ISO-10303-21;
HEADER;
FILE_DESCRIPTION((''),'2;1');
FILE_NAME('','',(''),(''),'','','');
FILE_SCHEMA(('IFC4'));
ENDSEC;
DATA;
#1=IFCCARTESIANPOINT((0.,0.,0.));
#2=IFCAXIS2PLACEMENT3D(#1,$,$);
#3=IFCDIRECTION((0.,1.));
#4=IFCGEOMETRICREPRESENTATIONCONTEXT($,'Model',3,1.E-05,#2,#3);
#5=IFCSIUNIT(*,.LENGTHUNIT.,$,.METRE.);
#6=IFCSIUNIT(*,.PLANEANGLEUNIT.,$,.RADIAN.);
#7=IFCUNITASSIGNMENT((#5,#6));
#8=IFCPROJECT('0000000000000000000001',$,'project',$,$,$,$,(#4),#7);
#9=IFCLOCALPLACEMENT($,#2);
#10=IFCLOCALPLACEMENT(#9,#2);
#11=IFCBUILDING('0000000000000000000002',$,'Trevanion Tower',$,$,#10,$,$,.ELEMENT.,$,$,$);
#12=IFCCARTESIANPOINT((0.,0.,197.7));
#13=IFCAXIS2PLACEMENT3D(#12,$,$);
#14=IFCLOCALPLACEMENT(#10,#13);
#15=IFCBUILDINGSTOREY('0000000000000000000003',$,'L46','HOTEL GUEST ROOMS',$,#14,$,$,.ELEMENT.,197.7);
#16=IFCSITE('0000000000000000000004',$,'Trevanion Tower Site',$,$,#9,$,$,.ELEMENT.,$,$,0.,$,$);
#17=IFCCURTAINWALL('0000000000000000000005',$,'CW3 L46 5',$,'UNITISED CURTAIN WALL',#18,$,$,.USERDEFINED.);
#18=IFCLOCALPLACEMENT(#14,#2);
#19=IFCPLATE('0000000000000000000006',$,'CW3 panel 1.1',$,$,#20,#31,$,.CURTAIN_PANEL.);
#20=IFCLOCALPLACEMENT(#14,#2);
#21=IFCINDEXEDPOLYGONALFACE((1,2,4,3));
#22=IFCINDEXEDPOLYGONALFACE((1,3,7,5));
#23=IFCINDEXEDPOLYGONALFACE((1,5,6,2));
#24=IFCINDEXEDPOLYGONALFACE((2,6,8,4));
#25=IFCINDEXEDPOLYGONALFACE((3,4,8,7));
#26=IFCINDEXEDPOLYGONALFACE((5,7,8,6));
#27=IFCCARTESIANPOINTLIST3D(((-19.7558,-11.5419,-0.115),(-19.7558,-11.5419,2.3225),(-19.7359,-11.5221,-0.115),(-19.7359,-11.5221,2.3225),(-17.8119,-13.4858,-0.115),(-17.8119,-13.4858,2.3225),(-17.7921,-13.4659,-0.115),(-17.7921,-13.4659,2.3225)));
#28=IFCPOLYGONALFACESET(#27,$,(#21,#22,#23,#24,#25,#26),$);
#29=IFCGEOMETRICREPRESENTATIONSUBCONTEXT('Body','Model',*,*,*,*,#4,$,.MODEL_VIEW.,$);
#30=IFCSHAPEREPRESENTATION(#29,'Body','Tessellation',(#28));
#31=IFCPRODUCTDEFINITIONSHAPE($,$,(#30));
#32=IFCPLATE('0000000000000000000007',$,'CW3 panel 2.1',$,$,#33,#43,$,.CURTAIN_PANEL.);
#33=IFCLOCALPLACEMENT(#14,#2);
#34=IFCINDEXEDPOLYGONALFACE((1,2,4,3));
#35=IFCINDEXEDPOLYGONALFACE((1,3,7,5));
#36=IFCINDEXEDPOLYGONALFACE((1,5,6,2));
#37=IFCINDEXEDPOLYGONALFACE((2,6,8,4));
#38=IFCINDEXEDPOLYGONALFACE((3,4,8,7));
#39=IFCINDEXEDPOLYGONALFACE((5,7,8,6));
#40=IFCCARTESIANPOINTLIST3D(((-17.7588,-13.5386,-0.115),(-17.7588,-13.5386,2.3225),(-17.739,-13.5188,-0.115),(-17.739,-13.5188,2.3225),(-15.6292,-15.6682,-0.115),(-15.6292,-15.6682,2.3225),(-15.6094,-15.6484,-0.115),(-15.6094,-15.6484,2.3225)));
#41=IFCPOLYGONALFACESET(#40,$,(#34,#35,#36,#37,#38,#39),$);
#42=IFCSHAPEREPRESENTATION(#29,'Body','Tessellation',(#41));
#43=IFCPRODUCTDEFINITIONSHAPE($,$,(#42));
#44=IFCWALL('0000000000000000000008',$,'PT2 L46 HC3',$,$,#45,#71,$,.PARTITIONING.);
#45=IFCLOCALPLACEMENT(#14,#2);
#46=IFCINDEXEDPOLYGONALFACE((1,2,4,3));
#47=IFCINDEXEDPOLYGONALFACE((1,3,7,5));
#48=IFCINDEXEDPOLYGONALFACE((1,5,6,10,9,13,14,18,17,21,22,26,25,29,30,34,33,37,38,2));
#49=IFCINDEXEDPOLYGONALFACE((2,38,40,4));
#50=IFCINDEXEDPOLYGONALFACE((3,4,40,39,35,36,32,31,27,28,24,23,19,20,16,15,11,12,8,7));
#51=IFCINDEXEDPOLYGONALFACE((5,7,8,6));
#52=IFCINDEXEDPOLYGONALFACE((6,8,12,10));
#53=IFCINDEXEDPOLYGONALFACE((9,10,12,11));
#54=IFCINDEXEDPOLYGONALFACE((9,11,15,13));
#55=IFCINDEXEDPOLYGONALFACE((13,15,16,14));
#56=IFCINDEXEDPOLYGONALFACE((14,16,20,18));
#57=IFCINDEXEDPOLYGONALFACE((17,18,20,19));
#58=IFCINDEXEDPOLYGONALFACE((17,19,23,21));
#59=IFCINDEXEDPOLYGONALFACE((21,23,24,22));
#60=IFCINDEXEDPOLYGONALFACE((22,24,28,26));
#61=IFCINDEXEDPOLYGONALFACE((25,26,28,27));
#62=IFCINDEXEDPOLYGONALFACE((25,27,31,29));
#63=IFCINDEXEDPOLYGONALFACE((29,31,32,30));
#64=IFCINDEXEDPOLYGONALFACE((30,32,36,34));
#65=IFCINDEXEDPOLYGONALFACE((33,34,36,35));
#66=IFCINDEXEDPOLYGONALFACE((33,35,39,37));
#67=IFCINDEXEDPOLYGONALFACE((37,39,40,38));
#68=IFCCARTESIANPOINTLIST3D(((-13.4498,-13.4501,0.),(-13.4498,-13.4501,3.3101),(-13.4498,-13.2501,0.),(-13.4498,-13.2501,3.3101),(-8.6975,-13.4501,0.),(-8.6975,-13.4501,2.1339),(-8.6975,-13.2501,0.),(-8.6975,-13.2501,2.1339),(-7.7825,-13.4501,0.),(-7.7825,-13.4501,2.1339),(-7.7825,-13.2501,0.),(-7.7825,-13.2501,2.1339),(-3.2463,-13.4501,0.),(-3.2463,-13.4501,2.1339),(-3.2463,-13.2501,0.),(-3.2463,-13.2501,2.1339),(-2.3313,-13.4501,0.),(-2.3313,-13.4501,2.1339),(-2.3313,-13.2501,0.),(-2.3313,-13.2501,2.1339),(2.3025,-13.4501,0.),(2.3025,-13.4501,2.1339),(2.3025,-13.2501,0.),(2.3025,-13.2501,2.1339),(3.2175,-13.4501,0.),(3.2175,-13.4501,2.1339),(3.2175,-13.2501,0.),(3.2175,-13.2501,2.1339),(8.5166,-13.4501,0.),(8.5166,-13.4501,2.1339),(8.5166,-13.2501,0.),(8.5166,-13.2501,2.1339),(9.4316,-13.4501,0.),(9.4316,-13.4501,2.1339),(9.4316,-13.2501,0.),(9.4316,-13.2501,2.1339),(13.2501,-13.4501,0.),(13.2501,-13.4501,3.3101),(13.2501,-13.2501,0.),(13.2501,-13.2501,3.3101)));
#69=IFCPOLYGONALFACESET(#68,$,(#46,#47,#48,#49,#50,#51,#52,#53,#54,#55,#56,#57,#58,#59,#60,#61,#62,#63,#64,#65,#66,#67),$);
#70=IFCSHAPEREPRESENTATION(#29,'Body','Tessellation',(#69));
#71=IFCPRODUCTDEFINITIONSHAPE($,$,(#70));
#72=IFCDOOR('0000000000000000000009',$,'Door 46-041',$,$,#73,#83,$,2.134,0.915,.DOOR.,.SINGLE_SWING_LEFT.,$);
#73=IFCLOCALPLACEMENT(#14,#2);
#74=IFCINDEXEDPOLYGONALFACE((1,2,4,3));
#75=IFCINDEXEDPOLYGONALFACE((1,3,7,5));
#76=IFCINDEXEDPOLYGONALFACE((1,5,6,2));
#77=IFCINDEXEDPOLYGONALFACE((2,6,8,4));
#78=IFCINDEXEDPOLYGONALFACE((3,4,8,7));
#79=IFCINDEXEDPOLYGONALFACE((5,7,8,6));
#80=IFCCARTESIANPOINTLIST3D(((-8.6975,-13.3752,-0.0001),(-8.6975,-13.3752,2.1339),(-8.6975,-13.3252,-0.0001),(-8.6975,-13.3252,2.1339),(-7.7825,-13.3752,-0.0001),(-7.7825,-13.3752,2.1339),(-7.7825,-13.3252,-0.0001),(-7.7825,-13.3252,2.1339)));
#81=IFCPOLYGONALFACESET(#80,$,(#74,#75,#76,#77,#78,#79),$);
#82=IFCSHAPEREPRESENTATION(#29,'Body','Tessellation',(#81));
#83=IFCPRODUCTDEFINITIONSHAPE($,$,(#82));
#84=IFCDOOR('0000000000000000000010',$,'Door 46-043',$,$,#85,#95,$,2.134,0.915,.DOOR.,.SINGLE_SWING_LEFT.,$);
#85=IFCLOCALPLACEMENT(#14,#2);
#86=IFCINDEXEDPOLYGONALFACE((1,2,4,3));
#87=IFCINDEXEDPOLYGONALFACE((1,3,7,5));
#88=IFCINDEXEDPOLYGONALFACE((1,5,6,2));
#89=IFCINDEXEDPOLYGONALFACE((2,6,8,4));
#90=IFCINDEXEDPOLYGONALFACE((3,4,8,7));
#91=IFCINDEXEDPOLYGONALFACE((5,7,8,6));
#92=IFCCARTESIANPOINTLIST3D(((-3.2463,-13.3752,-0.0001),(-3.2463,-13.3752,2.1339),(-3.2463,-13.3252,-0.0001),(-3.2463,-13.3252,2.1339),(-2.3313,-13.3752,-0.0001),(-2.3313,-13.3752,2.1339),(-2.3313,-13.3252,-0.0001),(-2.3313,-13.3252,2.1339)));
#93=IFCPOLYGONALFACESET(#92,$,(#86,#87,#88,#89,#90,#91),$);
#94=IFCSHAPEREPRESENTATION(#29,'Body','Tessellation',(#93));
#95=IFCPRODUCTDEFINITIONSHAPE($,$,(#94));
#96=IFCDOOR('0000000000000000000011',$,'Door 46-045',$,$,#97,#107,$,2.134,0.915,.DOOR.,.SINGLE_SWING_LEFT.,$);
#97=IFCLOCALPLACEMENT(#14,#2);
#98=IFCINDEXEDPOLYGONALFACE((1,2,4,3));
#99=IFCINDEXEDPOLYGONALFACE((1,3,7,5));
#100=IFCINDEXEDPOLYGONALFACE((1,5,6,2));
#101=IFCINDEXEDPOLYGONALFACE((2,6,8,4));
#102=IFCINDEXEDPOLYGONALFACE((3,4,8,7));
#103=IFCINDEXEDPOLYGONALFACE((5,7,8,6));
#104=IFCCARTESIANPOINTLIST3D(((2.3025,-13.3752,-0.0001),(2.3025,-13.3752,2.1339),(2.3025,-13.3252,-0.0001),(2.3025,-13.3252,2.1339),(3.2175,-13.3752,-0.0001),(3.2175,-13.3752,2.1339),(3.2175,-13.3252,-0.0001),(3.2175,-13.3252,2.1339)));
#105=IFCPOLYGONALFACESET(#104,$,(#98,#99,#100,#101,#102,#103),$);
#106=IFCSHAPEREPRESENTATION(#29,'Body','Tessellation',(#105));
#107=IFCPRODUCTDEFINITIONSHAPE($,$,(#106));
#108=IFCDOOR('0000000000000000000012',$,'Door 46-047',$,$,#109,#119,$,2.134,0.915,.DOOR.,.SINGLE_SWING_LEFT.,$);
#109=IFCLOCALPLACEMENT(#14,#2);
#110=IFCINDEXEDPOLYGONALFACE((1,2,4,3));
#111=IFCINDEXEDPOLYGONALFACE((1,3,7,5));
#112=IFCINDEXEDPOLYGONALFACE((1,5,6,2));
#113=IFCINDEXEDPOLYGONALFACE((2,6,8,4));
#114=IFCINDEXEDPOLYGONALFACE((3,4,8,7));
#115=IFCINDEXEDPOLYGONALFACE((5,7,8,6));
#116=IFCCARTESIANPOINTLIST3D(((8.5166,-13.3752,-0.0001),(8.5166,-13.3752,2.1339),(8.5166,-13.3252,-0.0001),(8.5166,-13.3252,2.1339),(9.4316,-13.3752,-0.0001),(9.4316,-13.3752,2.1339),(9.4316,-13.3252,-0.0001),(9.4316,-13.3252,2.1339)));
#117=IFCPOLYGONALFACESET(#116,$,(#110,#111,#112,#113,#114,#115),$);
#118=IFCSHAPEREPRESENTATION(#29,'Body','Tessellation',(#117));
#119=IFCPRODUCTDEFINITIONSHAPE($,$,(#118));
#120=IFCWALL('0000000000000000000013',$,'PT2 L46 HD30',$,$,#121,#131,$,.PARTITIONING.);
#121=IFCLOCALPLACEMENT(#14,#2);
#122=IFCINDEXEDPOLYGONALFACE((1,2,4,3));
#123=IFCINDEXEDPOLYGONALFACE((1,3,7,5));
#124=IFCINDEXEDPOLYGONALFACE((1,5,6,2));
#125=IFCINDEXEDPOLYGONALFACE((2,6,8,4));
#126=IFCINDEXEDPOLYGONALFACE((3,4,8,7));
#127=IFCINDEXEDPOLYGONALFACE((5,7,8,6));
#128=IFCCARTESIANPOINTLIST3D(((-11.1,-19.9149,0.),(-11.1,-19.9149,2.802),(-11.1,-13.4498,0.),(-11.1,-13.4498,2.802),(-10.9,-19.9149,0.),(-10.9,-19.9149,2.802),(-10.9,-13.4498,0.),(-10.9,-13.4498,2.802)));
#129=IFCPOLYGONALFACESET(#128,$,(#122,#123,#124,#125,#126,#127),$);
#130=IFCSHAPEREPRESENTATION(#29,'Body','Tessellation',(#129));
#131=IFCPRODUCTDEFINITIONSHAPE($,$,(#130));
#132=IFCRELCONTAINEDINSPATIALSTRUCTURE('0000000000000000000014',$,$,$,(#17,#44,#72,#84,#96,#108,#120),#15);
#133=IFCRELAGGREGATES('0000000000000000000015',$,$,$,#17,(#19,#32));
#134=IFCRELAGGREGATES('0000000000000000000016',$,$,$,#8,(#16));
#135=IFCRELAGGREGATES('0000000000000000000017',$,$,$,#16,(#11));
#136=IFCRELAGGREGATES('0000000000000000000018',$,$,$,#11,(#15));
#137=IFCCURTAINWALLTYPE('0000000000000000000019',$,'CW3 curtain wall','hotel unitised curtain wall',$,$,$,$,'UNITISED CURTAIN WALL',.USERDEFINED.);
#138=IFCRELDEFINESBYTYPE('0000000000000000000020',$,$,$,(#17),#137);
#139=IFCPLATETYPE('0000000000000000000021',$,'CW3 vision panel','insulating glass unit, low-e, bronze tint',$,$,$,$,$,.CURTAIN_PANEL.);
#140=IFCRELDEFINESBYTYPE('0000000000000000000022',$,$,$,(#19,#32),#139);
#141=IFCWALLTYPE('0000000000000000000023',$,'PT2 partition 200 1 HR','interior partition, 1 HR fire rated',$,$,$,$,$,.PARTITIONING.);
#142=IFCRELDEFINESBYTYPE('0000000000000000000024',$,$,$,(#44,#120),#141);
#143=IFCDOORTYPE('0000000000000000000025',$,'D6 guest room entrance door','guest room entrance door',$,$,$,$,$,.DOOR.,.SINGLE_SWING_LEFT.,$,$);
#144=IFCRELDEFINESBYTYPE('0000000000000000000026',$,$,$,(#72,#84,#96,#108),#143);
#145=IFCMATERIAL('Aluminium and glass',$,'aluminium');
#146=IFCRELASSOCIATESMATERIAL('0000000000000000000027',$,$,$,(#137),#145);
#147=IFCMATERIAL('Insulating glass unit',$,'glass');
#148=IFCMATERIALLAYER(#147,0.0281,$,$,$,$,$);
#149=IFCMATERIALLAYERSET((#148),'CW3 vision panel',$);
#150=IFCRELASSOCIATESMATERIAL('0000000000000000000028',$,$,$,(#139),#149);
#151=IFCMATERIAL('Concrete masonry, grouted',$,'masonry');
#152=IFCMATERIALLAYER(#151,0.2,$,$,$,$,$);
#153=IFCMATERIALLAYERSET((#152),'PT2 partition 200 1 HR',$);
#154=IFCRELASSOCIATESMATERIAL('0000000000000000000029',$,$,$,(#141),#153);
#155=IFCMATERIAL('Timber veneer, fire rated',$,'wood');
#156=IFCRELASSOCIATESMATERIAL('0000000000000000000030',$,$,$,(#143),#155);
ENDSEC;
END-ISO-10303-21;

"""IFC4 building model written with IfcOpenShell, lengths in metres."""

from ifc_helpers import new_model, si_unit, direction, frame, frame_2d, origin, origin_2d, place, context, subcontext, project, spatial, rectangle, extrude, material, layer, layer_set, type_object, element, fill, aggregate, save


model = new_model("IFC4")

# Units and contexts
model_context = context("Model", 3, precision=1e-05, world=origin(), true_north=direction((0.0, 1.0)))
body_context = subcontext(model_context, "Body", "Model", "MODEL_VIEW")
ifc_project = project(units=[si_unit("LENGTHUNIT", "METRE"), si_unit("PLANEANGLEUNIT", "RADIAN")], contexts=[model_context])

# Site, building, storey
site_placement = place(None, origin())
site = spatial("IfcSite", under=ifc_project, at=site_placement, Name="Trevanion Tower Site", CompositionType="ELEMENT", RefElevation=0.0)
building_placement = place(site_placement, origin())
building = spatial("IfcBuilding", under=site, at=building_placement, Name="Trevanion Tower", CompositionType="ELEMENT")
storey_placement = place(building_placement, frame((0.0, 0.0, 197.7)))
storey = spatial("IfcBuildingStorey", under=building, at=storey_placement, Name="L46", Description="HOTEL GUEST ROOMS", CompositionType="ELEMENT", Elevation=197.7)

# Curtain wall
ifc_material_1 = material(Name="Aluminium and glass", Category="aluminium")
curtain_wall_type = type_object("IfcCurtainWallType", Name="CW3 curtain wall", Description="hotel unitised curtain wall", ElementType="UNITISED CURTAIN WALL", PredefinedType="USERDEFINED", material=ifc_material_1)
curtain_wall_1_placement = place(storey_placement, origin())
curtain_wall_1 = element("IfcCurtainWall", 1, at=curtain_wall_1_placement, inside=storey, type_object=curtain_wall_type, Name="CW3 L46 5", ObjectType="UNITISED CURTAIN WALL", PredefinedType="USERDEFINED")

# Plates
ifc_material_2 = material(Name="Insulating glass unit", Category="glass")
ifc_layer_1 = layer(ifc_material_2, 0.0281)
ifc_layer_set_1 = layer_set([ifc_layer_1], Name="CW3 vision panel")
plate_type_1 = type_object("IfcPlateType", Name="CW3 vision panel", Description="insulating glass unit, low-e, bronze tint", PredefinedType="CURTAIN_PANEL", material=ifc_layer_set_1)
plate_1_placement = place(storey_placement, frame((-18.7739, -12.5039, -0.115), z_axis=(0.0, 0.0, 1.0), x_axis=(0.707107, -0.707107, 0.0)))
plate_1 = element("IfcPlate", 2, at=plate_1_placement, type_object=plate_type_1, Name="CW3 panel 1.1", PredefinedType="CURTAIN_PANEL", context=body_context, shape_type="SweptSolid", body=[
    extrude(rectangle(XDim=2.749, YDim=0.0281, at=origin_2d()), origin(), (0.0, 0.0, 1.0), 2.4375),
])
plate_2_placement = place(storey_placement, frame((-16.6841, -14.5935, -0.115), z_axis=(0.0, 0.0, 1.0), x_axis=(0.707107, -0.707107, 0.0)))
plate_2 = element("IfcPlate", 3, at=plate_2_placement, type_object=plate_type_1, Name="CW3 panel 2.1", PredefinedType="CURTAIN_PANEL", context=body_context, shape_type="SweptSolid", body=[
    extrude(rectangle(XDim=3.0117, YDim=0.0281, at=origin_2d()), origin(), (0.0, 0.0, 1.0), 2.4375),
])
aggregate(curtain_wall_1, [plate_1, plate_2])

# Wall, openings, doors
ifc_material_3 = material(Name="Concrete masonry, grouted", Category="masonry")
ifc_layer_2 = layer(ifc_material_3, 0.2)
ifc_layer_set_2 = layer_set([ifc_layer_2], Name="PT2 partition 200 1 HR")
wall_type = type_object("IfcWallType", Name="PT2 partition 200 1 HR", Description="interior partition, 1 HR fire rated", PredefinedType="PARTITIONING", material=ifc_layer_set_2)
wall_1_placement = place(storey_placement, frame((-13.45, -13.3501, 0.0), z_axis=(0.0, 0.0, 1.0), x_axis=(1.0, 0.0, 0.0)))
wall_1 = element("IfcWall", 4, at=wall_1_placement, inside=storey, type_object=wall_type, Name="PT2 L46 HC3", PredefinedType="PARTITIONING", context=body_context, shape_type="SweptSolid", body=[
    extrude(rectangle(XDim=26.7, YDim=0.2, at=frame_2d((13.3501, 0.0))), origin(), (0.0, 0.0, 1.0), 3.3101),
])
opening_1_placement = place(wall_1_placement, frame((4.7524, 0.0, 0.0)))
opening_1 = element("IfcOpeningElement", 5, at=opening_1_placement, cuts=wall_1, PredefinedType="OPENING", context=body_context, shape_type="SweptSolid", body=[
    extrude(rectangle(XDim=0.915, YDim=2.134, at=frame_2d((0.4575, 1.0669))), frame((0.0, 0.1099, 0.0), z_axis=(0.0, -1.0, 0.0), x_axis=(1.0, 0.0, 0.0)), (0.0, 0.0, 1.0), 0.22),
])
opening_2_placement = place(wall_1_placement, frame((10.2036, 0.0, 0.0)))
opening_2 = element("IfcOpeningElement", 6, at=opening_2_placement, cuts=wall_1, PredefinedType="OPENING", context=body_context, shape_type="SweptSolid", body=[
    extrude(rectangle(XDim=0.915, YDim=2.134, at=frame_2d((0.4575, 1.0669))), frame((0.0, 0.1099, 0.0), z_axis=(0.0, -1.0, 0.0), x_axis=(1.0, 0.0, 0.0)), (0.0, 0.0, 1.0), 0.22),
])
opening_3_placement = place(wall_1_placement, frame((15.7524, 0.0, 0.0)))
opening_3 = element("IfcOpeningElement", 7, at=opening_3_placement, cuts=wall_1, PredefinedType="OPENING", context=body_context, shape_type="SweptSolid", body=[
    extrude(rectangle(XDim=0.915, YDim=2.134, at=frame_2d((0.4575, 1.0669))), frame((0.0, 0.1099, 0.0), z_axis=(0.0, -1.0, 0.0), x_axis=(1.0, 0.0, 0.0)), (0.0, 0.0, 1.0), 0.22),
])
opening_4_placement = place(wall_1_placement, frame((21.9666, 0.0, 0.0)))
opening_4 = element("IfcOpeningElement", 8, at=opening_4_placement, cuts=wall_1, PredefinedType="OPENING", context=body_context, shape_type="SweptSolid", body=[
    extrude(rectangle(XDim=0.915, YDim=2.134, at=frame_2d((0.4575, 1.0669))), frame((0.0, 0.1099, 0.0), z_axis=(0.0, -1.0, 0.0), x_axis=(1.0, 0.0, 0.0)), (0.0, 0.0, 1.0), 0.22),
])
ifc_material_4 = material(Name="Timber veneer, fire rated", Category="wood")
door_type = type_object("IfcDoorType", Name="D6 guest room entrance door", Description="guest room entrance door", OperationType="SINGLE_SWING_LEFT", PredefinedType="DOOR", material=ifc_material_4)
door_1_placement = place(opening_1_placement, origin())
door_1 = element("IfcDoor", 9, at=door_1_placement, inside=storey, type_object=door_type, Name="Door 46-041", OperationType="SINGLE_SWING_LEFT", OverallHeight=2.134, OverallWidth=0.915, PredefinedType="DOOR", context=body_context, shape_type="SweptSolid", body=[
    extrude(rectangle(XDim=0.915, YDim=2.134, at=frame_2d((0.4575, 1.0669))), frame((0.0, 0.0249, 0.0), z_axis=(0.0, -1.0, 0.0), x_axis=(1.0, 0.0, 0.0)), (0.0, 0.0, 1.0), 0.05),
])
fill(opening_1, door_1)
door_2_placement = place(opening_2_placement, origin())
door_2 = element("IfcDoor", 10, at=door_2_placement, inside=storey, type_object=door_type, Name="Door 46-043", OperationType="SINGLE_SWING_LEFT", OverallHeight=2.134, OverallWidth=0.915, PredefinedType="DOOR", context=body_context, shape_type="SweptSolid", body=[
    extrude(rectangle(XDim=0.915, YDim=2.134, at=frame_2d((0.4575, 1.0669))), frame((0.0, 0.0249, 0.0), z_axis=(0.0, -1.0, 0.0), x_axis=(1.0, 0.0, 0.0)), (0.0, 0.0, 1.0), 0.05),
])
fill(opening_2, door_2)
door_3_placement = place(opening_3_placement, origin())
door_3 = element("IfcDoor", 11, at=door_3_placement, inside=storey, type_object=door_type, Name="Door 46-045", OperationType="SINGLE_SWING_LEFT", OverallHeight=2.134, OverallWidth=0.915, PredefinedType="DOOR", context=body_context, shape_type="SweptSolid", body=[
    extrude(rectangle(XDim=0.915, YDim=2.134, at=frame_2d((0.4575, 1.0669))), frame((0.0, 0.0249, 0.0), z_axis=(0.0, -1.0, 0.0), x_axis=(1.0, 0.0, 0.0)), (0.0, 0.0, 1.0), 0.05),
])
fill(opening_3, door_3)
door_4_placement = place(opening_4_placement, origin())
door_4 = element("IfcDoor", 12, at=door_4_placement, inside=storey, type_object=door_type, Name="Door 46-047", OperationType="SINGLE_SWING_LEFT", OverallHeight=2.134, OverallWidth=0.915, PredefinedType="DOOR", context=body_context, shape_type="SweptSolid", body=[
    extrude(rectangle(XDim=0.915, YDim=2.134, at=frame_2d((0.4575, 1.0669))), frame((0.0, 0.0249, 0.0), z_axis=(0.0, -1.0, 0.0), x_axis=(1.0, 0.0, 0.0)), (0.0, 0.0, 1.0), 0.05),
])
fill(opening_4, door_4)

# Wall
wall_2_placement = place(storey_placement, frame((-11.0, -13.45, 0.0), z_axis=(0.0, 0.0, 1.0), x_axis=(0.0, -1.0, 0.0)))
element("IfcWall", 13, at=wall_2_placement, inside=storey, type_object=wall_type, Name="PT2 L46 HD30", PredefinedType="PARTITIONING", context=body_context, shape_type="SweptSolid", body=[
    extrude(rectangle(XDim=6.4651, YDim=0.2, at=frame_2d((3.2324, 0.0))), origin(), (0.0, 0.0, 1.0), 2.802),
])

save(model, "model.ifc")
